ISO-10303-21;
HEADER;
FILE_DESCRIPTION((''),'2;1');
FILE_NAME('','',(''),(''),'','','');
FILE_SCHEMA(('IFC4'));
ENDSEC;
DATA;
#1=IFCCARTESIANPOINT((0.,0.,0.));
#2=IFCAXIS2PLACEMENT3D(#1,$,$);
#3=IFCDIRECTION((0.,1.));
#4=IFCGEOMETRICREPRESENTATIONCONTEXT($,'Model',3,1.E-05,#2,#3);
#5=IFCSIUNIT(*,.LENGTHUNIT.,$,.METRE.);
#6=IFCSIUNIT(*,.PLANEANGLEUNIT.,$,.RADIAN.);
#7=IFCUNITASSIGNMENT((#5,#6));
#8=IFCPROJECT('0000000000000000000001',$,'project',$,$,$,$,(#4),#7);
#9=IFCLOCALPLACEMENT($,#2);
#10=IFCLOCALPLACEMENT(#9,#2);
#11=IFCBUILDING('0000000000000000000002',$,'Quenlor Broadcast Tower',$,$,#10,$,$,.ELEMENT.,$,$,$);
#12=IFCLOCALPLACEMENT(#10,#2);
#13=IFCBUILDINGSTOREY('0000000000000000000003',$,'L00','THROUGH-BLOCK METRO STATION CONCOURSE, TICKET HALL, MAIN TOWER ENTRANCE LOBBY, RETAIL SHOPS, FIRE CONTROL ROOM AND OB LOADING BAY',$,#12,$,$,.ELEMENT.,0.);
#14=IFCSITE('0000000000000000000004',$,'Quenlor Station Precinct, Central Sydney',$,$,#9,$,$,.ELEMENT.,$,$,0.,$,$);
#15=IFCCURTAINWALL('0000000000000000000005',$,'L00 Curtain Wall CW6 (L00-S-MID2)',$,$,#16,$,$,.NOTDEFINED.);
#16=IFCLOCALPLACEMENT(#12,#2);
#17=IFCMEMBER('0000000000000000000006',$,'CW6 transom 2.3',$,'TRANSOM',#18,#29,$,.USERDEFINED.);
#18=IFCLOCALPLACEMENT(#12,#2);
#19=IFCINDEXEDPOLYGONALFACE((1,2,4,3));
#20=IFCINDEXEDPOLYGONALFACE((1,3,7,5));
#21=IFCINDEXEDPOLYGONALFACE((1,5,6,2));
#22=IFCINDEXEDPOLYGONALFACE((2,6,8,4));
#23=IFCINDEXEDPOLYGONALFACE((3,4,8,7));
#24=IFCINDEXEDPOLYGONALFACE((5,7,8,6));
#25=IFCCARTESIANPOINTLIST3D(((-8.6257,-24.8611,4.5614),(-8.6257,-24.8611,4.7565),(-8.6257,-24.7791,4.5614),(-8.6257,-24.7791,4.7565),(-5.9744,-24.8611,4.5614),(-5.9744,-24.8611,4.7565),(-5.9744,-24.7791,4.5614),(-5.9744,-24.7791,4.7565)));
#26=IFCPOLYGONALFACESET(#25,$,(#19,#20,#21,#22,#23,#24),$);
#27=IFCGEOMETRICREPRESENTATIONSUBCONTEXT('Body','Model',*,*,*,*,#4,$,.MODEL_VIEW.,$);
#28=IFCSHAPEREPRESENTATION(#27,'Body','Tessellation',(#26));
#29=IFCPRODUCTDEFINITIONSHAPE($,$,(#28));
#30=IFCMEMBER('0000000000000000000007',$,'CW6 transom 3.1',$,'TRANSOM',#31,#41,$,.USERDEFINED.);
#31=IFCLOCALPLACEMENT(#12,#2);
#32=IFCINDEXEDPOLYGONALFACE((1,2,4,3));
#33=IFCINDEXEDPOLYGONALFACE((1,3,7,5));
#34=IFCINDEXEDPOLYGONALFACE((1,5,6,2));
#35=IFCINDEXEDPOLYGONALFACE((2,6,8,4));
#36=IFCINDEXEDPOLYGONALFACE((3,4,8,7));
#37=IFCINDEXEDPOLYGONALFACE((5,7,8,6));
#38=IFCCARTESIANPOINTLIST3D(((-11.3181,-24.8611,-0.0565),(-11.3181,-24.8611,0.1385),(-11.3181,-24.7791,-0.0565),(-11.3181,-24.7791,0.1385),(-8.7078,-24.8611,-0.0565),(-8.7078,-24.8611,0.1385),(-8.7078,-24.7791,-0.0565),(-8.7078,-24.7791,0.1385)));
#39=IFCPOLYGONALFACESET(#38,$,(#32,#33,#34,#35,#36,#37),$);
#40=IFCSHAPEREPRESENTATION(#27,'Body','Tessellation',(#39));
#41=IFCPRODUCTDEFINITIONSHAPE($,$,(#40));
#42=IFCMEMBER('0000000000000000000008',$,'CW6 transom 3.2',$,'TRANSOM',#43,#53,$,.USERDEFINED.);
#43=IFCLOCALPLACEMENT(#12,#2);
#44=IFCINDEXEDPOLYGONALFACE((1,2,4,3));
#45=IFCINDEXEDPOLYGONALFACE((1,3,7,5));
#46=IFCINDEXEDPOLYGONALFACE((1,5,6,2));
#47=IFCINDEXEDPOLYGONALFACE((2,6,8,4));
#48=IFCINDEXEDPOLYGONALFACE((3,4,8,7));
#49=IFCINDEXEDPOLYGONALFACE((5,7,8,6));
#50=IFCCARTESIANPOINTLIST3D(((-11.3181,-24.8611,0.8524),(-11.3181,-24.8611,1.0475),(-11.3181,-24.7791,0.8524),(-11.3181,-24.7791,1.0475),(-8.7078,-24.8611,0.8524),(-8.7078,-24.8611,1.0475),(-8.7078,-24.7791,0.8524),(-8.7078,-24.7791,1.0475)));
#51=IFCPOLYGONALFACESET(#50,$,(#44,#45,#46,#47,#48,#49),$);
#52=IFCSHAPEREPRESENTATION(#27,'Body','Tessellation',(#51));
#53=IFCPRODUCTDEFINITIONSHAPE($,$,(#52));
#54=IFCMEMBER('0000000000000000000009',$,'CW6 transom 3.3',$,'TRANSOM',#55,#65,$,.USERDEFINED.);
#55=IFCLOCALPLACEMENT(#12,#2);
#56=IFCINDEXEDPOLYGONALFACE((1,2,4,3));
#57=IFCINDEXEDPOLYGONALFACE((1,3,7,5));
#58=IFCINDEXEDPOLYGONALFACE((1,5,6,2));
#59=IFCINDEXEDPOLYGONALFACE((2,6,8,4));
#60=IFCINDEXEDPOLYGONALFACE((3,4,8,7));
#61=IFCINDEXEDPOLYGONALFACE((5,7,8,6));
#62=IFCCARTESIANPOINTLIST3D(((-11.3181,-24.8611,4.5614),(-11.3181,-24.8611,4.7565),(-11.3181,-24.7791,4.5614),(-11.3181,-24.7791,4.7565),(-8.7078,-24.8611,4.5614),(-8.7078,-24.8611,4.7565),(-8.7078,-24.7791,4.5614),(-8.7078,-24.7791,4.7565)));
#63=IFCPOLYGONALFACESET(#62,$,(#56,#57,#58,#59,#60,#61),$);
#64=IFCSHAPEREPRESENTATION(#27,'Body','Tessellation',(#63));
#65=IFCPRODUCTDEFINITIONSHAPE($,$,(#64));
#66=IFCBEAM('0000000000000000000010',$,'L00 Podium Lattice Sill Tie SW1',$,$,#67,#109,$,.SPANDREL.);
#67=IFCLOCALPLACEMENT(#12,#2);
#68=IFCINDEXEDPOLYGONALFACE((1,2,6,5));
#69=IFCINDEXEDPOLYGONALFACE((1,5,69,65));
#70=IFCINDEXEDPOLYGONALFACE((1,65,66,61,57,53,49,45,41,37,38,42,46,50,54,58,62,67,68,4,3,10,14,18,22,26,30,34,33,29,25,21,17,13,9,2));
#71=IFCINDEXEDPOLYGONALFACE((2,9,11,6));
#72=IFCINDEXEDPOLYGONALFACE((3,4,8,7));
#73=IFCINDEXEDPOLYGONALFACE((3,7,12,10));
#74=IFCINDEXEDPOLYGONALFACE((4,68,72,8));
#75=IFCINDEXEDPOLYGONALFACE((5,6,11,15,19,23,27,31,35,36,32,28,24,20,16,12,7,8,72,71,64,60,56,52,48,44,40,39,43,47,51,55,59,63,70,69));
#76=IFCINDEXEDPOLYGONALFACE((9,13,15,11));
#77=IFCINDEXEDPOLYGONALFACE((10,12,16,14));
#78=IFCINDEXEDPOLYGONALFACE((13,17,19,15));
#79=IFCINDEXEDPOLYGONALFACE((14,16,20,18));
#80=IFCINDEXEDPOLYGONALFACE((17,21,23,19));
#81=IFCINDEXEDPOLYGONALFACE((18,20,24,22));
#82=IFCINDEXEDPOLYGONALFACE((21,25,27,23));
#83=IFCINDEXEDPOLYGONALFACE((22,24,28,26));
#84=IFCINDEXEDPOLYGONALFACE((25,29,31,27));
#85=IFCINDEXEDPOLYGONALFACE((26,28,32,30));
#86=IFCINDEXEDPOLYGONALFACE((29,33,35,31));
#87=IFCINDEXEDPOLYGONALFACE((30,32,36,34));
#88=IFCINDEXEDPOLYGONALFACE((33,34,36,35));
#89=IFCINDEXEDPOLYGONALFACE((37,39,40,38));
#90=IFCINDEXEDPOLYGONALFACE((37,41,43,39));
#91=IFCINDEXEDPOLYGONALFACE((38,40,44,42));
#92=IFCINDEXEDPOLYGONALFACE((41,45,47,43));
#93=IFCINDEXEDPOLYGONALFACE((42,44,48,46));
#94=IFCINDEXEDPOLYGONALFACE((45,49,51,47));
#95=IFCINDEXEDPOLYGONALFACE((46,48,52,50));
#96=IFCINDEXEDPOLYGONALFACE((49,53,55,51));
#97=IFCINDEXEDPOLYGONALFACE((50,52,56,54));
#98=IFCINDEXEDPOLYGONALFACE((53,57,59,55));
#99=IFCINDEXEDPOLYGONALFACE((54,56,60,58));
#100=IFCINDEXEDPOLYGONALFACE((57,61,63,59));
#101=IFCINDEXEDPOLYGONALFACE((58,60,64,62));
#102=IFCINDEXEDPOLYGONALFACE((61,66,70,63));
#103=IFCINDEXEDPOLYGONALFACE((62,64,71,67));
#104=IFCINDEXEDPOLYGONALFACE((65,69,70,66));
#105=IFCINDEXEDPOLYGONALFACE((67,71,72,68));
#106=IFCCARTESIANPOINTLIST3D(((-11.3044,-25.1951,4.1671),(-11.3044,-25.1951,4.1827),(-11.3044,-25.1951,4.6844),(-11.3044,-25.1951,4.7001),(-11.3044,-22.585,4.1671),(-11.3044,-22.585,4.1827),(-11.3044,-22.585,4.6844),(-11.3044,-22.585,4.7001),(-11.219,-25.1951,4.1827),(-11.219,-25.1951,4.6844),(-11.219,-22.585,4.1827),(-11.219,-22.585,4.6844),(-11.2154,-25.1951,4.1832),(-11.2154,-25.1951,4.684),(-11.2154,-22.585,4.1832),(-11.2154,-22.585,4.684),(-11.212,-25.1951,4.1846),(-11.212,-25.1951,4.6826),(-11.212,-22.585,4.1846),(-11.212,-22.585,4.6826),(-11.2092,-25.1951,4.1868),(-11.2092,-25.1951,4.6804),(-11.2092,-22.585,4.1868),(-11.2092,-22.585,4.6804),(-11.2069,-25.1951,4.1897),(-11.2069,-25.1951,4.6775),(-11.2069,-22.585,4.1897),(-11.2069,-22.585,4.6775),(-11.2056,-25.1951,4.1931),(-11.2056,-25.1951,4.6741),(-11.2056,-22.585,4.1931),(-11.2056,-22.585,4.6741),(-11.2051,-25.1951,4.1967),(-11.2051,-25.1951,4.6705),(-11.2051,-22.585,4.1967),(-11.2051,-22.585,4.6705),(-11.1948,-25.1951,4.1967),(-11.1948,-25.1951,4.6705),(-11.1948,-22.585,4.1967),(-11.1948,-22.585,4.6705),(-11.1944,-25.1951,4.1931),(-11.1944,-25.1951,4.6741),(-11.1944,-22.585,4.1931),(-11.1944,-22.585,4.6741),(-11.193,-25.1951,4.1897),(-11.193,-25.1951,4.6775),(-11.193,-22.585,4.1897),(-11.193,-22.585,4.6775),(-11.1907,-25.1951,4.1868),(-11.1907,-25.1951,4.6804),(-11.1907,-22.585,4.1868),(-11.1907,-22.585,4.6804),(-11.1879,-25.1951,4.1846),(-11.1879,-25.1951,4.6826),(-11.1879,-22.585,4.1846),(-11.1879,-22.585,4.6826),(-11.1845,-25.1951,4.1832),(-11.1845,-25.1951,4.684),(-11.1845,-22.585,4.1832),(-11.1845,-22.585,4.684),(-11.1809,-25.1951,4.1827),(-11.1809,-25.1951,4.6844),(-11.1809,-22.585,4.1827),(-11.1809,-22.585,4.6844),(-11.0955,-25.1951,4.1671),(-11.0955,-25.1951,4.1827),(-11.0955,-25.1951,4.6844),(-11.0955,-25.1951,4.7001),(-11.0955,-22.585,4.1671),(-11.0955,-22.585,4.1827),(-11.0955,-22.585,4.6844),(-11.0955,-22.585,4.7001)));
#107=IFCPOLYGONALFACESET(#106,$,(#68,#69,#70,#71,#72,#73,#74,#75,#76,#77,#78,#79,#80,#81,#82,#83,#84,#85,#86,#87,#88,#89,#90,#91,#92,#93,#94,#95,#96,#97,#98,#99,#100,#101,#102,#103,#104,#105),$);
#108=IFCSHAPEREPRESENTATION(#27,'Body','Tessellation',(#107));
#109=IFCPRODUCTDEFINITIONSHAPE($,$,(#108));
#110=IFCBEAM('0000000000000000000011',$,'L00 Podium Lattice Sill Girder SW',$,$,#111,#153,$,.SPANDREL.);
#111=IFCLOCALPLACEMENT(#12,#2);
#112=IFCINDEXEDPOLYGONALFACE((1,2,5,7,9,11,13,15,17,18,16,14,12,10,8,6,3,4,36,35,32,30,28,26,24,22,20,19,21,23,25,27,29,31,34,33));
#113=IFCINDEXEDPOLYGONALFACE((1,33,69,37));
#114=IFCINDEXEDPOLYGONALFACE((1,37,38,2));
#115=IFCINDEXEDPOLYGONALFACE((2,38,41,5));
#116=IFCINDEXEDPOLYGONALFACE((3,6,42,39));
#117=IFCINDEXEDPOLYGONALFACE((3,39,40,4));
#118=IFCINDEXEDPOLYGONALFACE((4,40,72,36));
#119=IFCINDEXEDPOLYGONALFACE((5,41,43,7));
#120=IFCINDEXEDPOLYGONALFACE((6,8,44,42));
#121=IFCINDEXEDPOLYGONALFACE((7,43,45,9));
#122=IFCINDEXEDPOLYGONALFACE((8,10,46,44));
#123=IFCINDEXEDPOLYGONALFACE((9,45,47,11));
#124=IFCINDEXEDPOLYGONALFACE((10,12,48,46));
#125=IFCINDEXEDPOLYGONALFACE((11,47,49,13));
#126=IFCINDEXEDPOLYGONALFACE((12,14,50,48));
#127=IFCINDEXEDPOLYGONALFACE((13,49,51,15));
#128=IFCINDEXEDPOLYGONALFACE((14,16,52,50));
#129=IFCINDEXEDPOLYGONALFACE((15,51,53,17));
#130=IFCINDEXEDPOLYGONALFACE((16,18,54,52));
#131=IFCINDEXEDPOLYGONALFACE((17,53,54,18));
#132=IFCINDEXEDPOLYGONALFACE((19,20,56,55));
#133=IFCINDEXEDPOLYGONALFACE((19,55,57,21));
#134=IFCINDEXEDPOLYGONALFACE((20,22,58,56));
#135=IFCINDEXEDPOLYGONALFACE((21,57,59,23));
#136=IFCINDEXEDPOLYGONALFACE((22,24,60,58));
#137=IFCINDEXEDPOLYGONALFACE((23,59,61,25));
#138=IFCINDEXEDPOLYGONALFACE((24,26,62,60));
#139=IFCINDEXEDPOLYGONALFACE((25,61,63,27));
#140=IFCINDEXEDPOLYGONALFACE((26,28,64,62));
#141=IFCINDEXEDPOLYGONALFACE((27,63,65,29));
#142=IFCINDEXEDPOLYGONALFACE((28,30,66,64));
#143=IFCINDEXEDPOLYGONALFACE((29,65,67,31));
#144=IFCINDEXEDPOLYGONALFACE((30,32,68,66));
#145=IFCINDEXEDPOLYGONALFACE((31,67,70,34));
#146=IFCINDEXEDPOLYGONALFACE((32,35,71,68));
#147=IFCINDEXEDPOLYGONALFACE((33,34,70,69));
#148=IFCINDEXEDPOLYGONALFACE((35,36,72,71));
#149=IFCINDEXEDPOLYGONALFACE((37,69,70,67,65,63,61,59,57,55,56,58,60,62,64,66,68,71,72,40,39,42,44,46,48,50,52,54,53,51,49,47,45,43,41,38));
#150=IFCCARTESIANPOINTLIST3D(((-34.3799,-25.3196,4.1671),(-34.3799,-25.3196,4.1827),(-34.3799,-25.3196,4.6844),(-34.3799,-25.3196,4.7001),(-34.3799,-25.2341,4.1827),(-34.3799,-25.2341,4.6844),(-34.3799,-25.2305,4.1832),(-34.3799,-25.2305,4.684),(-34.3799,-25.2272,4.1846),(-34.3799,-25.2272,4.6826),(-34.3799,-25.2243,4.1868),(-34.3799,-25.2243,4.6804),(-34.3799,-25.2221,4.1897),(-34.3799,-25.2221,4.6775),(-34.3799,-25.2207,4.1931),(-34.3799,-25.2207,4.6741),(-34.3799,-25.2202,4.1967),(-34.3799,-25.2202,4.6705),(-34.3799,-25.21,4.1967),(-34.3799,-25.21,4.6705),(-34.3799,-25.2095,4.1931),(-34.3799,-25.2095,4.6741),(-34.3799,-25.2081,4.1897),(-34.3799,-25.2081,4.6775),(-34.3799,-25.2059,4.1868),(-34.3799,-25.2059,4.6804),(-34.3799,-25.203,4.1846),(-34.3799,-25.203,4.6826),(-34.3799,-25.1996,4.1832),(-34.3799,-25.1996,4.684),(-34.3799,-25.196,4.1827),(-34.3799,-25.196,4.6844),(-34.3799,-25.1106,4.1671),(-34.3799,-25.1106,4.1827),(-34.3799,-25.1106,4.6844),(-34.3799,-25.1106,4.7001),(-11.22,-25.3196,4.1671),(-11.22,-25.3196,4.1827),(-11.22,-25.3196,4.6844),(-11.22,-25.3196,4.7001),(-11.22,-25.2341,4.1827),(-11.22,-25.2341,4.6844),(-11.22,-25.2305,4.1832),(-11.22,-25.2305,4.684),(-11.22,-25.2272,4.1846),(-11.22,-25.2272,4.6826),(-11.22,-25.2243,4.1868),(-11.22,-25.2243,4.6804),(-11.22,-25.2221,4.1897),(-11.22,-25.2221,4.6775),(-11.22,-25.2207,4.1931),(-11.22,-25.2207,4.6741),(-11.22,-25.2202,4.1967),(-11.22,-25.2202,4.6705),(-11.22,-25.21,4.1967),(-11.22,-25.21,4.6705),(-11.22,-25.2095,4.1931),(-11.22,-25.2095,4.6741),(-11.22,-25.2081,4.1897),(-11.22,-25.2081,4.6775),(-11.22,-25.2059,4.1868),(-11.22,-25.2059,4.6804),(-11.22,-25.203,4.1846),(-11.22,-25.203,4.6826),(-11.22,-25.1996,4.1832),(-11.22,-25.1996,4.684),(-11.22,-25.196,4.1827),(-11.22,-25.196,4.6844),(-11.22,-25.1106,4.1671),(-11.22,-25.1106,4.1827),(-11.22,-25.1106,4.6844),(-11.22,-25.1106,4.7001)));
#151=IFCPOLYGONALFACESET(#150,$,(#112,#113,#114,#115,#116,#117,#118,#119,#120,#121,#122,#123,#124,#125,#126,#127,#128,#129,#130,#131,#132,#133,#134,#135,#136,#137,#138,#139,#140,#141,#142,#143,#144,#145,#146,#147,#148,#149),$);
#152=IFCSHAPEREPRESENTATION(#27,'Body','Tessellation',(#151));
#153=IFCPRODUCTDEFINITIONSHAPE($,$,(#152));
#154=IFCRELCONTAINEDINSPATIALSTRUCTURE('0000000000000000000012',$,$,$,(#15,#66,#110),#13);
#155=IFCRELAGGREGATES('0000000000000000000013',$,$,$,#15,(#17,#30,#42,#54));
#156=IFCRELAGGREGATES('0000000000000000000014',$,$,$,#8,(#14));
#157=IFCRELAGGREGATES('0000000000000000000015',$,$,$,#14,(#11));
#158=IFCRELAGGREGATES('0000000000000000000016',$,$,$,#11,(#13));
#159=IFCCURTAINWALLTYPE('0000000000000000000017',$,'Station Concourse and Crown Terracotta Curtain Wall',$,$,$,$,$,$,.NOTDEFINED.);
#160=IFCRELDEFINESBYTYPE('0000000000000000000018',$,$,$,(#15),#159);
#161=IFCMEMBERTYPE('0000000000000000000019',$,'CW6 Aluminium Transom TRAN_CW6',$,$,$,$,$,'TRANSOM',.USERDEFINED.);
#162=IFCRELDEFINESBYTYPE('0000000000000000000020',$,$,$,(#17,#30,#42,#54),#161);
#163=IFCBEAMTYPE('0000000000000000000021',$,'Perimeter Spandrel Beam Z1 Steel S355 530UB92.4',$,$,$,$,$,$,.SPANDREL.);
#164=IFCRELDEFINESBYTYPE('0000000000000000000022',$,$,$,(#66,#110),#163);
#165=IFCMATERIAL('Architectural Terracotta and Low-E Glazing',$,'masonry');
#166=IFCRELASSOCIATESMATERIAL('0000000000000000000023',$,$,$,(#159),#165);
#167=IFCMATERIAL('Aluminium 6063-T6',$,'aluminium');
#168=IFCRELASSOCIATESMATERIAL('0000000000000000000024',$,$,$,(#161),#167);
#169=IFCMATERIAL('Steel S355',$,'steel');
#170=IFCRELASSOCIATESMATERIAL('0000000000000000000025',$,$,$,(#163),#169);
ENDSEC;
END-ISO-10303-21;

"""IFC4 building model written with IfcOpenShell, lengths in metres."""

from ifc_helpers import new_model, si_unit, direction, frame, origin, origin_2d, place, context, subcontext, project, spatial, rectangle, i_section, extrude, material, material_profile, profile_set, type_object, element, aggregate, save


model = new_model("IFC4")

# Units and contexts
model_context = context("Model", 3, precision=1e-05, world=origin(), true_north=direction((0.0, 1.0)))
body_context = subcontext(model_context, "Body", "Model", "MODEL_VIEW")
ifc_project = project(units=[si_unit("LENGTHUNIT", "METRE"), si_unit("PLANEANGLEUNIT", "RADIAN")], contexts=[model_context])

# Site, building, storey
site_placement = place(None, origin())
site = spatial("IfcSite", under=ifc_project, at=site_placement, Name="Quenlor Station Precinct, Central Sydney", CompositionType="ELEMENT", RefElevation=0.0)
building_placement = place(site_placement, origin())
building = spatial("IfcBuilding", under=site, at=building_placement, Name="Quenlor Broadcast Tower", CompositionType="ELEMENT")
storey_placement = place(building_placement, origin())
storey = spatial("IfcBuildingStorey", under=building, at=storey_placement, Name="L00", Description="THROUGH-BLOCK METRO STATION CONCOURSE, TICKET HALL, MAIN TOWER ENTRANCE LOBBY, RETAIL SHOPS, FIRE CONTROL ROOM AND OB LOADING BAY", CompositionType="ELEMENT", Elevation=0.0)

# Curtain wall, members
ifc_material_1 = material(Name="Architectural Terracotta and Low-E Glazing", Category="masonry")
curtain_wall_type = type_object("IfcCurtainWallType", Name="Station Concourse and Crown Terracotta Curtain Wall", PredefinedType="NOTDEFINED", material=ifc_material_1)
curtain_wall_placement = place(storey_placement, origin())
curtain_wall = element("IfcCurtainWall", 1, at=curtain_wall_placement, inside=storey, type_object=curtain_wall_type, Name="L00 Curtain Wall CW6 (L00-S-MID2)", PredefinedType="NOTDEFINED")
ifc_material_2 = material(Name="Aluminium 6063-T6", Category="aluminium")
ifc_material_profile_1 = material_profile(ifc_material_2, rectangle(XDim=0.082, YDim=0.1951, at=origin_2d()))
ifc_profile_set_1 = profile_set([ifc_material_profile_1], Name="Aluminium 6063-T6 TRAN82x195")
member_type_1 = type_object("IfcMemberType", Name="CW6 Aluminium Transom TRAN_CW6", ElementType="TRANSOM", PredefinedType="USERDEFINED", material=ifc_profile_set_1)
member_1_placement = place(storey_placement, frame((-5.9744, -24.8201, 4.6589), z_axis=(-1.0, 0.0, 0.0), x_axis=(0.0, -1.0, 0.0)))
member_1 = element("IfcMember", 2, at=member_1_placement, type_object=member_type_1, Name="CW6 transom 2.3", ObjectType="TRANSOM", PredefinedType="USERDEFINED", context=body_context, shape_type="SweptSolid", body=[
    extrude(rectangle(XDim=0.082, YDim=0.1951, at=origin_2d()), origin(), (0.0, 0.0, 1.0), 2.6514),
])
member_2_placement = place(storey_placement, frame((-8.7078, -24.8201, 0.041), z_axis=(-1.0, 0.0, 0.0), x_axis=(0.0, -1.0, 0.0)))
member_2 = element("IfcMember", 3, at=member_2_placement, type_object=member_type_1, Name="CW6 transom 3.1", ObjectType="TRANSOM", PredefinedType="USERDEFINED", context=body_context, shape_type="SweptSolid", body=[
    extrude(rectangle(XDim=0.082, YDim=0.1951, at=origin_2d()), origin(), (0.0, 0.0, 1.0), 2.6104),
])
member_3_placement = place(storey_placement, frame((-8.7078, -24.8201, 0.95), z_axis=(-1.0, 0.0, 0.0), x_axis=(0.0, -1.0, 0.0)))
member_3 = element("IfcMember", 4, at=member_3_placement, type_object=member_type_1, Name="CW6 transom 3.2", ObjectType="TRANSOM", PredefinedType="USERDEFINED", context=body_context, shape_type="SweptSolid", body=[
    extrude(rectangle(XDim=0.082, YDim=0.1951, at=origin_2d()), origin(), (0.0, 0.0, 1.0), 2.6104),
])
member_4_placement = place(storey_placement, frame((-8.7078, -24.8201, 4.6589), z_axis=(-1.0, 0.0, 0.0), x_axis=(0.0, -1.0, 0.0)))
member_4 = element("IfcMember", 5, at=member_4_placement, type_object=member_type_1, Name="CW6 transom 3.3", ObjectType="TRANSOM", PredefinedType="USERDEFINED", context=body_context, shape_type="SweptSolid", body=[
    extrude(rectangle(XDim=0.082, YDim=0.1951, at=origin_2d()), origin(), (0.0, 0.0, 1.0), 2.6104),
])

# Beams
ifc_material_3 = material(Name="Steel S355", Category="steel")
ifc_material_profile_2 = material_profile(ifc_material_3, i_section(OverallWidth=0.209, OverallDepth=0.533, WebThickness=0.0103, FlangeThickness=0.0156, FilletRadius=0.0139, at=origin_2d()))
ifc_profile_set_2 = profile_set([ifc_material_profile_2], Name="Steel S355 530UB92.4")
beam_type_1 = type_object("IfcBeamType", Name="Perimeter Spandrel Beam Z1 Steel S355 530UB92.4", PredefinedType="SPANDREL", material=ifc_profile_set_2)
beam_1_placement = place(storey_placement, frame((-11.2, -22.585, 4.4336), z_axis=(0.0, -1.0, 0.0), x_axis=(1.0, 0.0, 0.0)))
element("IfcBeam", 6, at=beam_1_placement, inside=storey, type_object=beam_type_1, Name="L00 Podium Lattice Sill Tie SW1", PredefinedType="SPANDREL", context=body_context, shape_type="SweptSolid", body=[
    extrude(i_section(OverallWidth=0.209, OverallDepth=0.533, WebThickness=0.0103, FlangeThickness=0.0156, FilletRadius=0.0139, at=origin_2d()), origin(), (0.0, 0.0, 1.0), 2.6101),
])
beam_2_placement = place(storey_placement, frame((-11.22, -25.2151, 4.4336), z_axis=(-1.0, 0.0, 0.0), x_axis=(0.0, -1.0, 0.0)))
element("IfcBeam", 7, at=beam_2_placement, inside=storey, type_object=beam_type_1, Name="L00 Podium Lattice Sill Girder SW", PredefinedType="SPANDREL", context=body_context, shape_type="SweptSolid", body=[
    extrude(i_section(OverallWidth=0.209, OverallDepth=0.533, WebThickness=0.0103, FlangeThickness=0.0156, FilletRadius=0.0139, at=origin_2d()), origin(), (0.0, 0.0, 1.0), 23.1599),
])

aggregate(curtain_wall, [member_1, member_2, member_3, member_4])

save(model, "model.ifc")
